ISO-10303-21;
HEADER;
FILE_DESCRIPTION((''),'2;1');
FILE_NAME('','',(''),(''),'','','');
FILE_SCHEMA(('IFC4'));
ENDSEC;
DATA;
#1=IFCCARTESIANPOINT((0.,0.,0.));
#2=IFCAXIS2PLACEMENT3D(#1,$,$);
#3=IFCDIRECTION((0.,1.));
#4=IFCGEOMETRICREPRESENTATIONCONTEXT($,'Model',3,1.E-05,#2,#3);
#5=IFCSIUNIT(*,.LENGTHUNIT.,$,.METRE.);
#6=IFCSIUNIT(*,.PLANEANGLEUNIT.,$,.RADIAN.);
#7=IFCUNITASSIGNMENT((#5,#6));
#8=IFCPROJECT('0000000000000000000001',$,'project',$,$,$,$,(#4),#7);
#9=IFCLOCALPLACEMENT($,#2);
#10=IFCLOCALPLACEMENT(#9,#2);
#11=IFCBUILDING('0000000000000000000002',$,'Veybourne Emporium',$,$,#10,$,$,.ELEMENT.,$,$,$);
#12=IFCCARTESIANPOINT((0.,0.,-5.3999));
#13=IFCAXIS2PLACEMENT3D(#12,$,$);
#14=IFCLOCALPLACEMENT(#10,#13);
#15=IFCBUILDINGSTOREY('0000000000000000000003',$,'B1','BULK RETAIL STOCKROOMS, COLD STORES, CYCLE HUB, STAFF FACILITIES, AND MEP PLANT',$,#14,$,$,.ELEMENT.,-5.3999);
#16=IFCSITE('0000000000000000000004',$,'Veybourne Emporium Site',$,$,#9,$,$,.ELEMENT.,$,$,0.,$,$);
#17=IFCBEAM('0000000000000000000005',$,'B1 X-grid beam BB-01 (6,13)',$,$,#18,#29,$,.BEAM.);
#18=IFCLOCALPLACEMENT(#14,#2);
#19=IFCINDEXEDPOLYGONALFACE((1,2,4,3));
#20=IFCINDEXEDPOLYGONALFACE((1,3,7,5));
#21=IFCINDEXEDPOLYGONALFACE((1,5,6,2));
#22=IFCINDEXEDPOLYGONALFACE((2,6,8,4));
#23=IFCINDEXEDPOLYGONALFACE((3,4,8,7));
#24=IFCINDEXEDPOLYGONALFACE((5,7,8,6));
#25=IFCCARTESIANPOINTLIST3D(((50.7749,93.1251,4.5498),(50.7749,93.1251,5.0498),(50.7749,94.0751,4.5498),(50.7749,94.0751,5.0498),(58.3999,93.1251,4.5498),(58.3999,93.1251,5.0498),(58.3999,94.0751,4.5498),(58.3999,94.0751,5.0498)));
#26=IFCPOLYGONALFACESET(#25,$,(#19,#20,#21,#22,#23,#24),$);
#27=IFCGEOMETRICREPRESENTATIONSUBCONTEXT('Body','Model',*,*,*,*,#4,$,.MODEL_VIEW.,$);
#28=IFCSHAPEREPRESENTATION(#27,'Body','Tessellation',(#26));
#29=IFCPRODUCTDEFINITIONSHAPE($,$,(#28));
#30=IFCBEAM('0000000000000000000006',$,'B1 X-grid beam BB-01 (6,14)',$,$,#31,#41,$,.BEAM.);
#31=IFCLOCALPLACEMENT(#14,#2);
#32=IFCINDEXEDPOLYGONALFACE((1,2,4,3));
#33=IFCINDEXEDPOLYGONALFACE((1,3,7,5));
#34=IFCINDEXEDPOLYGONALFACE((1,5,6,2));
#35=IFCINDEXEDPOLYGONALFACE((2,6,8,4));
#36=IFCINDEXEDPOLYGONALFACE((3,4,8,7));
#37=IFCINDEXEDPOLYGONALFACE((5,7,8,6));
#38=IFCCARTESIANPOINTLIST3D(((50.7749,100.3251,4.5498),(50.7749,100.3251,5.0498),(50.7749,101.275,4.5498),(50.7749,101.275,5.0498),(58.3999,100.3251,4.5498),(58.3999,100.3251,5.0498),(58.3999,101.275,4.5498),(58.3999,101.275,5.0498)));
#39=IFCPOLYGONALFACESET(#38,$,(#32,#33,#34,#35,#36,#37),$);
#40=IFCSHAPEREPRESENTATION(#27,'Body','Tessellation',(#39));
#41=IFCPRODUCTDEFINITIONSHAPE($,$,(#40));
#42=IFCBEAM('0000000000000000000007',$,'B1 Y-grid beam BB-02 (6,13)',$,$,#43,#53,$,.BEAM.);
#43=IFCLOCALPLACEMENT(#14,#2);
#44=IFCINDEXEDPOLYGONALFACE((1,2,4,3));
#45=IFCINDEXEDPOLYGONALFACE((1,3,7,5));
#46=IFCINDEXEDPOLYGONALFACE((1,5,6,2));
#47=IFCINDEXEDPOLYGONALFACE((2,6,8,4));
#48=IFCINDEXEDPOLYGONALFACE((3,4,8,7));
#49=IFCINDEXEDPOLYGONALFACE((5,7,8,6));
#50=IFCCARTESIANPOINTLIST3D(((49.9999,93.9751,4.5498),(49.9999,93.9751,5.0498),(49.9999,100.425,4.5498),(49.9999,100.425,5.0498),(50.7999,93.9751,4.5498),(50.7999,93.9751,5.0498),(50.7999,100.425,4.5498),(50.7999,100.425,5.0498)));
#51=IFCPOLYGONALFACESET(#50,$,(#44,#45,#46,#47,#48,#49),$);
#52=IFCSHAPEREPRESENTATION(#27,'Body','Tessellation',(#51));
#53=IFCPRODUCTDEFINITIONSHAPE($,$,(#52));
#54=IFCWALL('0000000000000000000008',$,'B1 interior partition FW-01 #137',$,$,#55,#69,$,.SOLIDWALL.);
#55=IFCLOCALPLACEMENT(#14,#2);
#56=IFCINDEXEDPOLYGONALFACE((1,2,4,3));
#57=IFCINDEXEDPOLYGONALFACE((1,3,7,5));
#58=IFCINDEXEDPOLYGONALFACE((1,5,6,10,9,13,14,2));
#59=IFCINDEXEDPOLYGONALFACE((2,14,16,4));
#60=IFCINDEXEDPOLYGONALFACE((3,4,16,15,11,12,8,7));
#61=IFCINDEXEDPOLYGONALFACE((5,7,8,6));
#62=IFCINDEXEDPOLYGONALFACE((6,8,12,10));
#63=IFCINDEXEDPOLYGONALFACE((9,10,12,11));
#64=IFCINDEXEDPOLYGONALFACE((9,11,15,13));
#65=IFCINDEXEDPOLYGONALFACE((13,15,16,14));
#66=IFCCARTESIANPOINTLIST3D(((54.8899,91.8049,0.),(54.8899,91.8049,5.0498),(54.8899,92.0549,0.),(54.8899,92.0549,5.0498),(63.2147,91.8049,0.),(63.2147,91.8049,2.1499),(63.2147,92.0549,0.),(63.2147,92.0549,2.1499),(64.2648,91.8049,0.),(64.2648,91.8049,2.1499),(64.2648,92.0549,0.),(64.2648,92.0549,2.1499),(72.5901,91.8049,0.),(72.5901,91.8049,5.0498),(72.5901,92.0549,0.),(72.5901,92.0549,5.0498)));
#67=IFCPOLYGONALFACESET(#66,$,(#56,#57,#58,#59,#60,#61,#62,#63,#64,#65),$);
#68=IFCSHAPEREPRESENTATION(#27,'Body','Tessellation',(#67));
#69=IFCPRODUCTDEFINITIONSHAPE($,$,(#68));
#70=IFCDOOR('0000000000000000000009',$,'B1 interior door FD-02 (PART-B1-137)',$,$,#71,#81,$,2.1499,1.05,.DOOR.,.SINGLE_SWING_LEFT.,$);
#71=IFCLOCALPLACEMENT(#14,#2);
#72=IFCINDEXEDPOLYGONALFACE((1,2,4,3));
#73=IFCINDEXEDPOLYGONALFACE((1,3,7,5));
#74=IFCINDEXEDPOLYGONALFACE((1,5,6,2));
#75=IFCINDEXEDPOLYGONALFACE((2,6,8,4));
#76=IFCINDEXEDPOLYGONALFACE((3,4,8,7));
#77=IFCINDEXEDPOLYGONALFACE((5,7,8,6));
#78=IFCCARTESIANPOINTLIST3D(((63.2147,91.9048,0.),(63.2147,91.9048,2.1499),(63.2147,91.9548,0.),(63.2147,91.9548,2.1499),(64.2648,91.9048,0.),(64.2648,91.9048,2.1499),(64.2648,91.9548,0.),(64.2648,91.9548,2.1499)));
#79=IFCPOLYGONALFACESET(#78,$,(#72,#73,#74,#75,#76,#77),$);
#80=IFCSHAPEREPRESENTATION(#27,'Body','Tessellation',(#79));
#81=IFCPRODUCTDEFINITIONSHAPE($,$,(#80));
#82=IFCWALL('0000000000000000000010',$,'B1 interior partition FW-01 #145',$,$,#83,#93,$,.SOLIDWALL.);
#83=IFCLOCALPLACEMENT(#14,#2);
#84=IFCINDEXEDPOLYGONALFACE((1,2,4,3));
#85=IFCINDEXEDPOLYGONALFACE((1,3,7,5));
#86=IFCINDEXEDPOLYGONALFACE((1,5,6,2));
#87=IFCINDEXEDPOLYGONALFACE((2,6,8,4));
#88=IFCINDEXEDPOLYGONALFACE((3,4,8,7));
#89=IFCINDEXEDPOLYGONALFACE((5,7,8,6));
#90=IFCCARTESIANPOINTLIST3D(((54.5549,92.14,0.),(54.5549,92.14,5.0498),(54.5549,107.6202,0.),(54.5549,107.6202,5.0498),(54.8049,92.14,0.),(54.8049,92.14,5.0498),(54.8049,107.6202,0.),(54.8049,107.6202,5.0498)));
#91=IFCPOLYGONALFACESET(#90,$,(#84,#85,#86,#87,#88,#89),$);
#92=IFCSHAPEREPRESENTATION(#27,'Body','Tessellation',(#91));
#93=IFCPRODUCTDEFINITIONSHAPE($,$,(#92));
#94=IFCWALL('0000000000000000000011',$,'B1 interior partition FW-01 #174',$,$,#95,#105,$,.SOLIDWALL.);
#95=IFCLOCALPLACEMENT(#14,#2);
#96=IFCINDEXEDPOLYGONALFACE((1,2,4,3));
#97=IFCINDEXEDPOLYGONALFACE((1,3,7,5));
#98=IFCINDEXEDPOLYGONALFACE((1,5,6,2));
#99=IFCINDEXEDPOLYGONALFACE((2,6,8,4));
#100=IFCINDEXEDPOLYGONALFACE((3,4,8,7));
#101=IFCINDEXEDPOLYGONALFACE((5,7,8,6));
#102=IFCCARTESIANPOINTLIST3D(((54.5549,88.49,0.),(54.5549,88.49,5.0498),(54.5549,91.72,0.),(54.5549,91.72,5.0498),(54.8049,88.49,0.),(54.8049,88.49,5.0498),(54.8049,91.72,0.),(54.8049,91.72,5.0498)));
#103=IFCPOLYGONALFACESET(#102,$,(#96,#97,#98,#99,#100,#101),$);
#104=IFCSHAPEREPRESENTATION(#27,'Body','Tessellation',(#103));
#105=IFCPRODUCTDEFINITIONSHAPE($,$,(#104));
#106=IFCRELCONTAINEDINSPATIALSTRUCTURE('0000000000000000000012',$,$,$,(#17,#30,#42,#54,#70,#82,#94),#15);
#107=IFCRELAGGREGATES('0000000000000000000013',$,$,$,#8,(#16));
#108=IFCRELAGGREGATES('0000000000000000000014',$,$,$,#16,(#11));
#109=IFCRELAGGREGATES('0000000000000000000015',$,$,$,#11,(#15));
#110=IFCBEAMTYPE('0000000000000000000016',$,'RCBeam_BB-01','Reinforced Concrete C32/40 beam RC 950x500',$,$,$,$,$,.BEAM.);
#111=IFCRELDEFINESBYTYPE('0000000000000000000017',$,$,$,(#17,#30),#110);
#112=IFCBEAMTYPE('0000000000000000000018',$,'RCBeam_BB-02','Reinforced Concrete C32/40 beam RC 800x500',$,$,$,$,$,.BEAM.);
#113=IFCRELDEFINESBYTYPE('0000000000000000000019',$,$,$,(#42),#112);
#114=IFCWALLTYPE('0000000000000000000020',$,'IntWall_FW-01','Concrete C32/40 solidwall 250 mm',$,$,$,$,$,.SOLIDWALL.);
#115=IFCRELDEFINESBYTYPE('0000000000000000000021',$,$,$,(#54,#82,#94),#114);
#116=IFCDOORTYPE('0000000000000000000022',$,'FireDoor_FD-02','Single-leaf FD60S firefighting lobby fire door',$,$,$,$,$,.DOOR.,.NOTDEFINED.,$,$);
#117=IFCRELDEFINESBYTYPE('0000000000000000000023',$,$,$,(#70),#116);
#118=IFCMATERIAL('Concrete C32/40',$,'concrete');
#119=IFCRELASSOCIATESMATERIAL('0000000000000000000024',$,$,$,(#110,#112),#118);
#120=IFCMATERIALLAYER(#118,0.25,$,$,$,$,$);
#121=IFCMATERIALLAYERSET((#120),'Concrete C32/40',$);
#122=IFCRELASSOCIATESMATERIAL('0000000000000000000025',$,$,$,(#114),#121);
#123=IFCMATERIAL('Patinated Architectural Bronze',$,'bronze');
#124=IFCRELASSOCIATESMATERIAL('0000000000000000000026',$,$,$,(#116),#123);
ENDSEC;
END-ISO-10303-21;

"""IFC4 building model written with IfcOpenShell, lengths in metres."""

from ifc_helpers import new_model, si_unit, direction, frame, frame_2d, origin, origin_2d, place, context, subcontext, project, spatial, rectangle, extrude, material, layer, layer_set, material_profile, profile_set, type_object, element, fill, save


model = new_model("IFC4")

# Units and contexts
model_context = context("Model", 3, precision=1e-05, world=origin(), true_north=direction((0.0, 1.0)))
body_context = subcontext(model_context, "Body", "Model", "MODEL_VIEW")
ifc_project = project(units=[si_unit("LENGTHUNIT", "METRE"), si_unit("PLANEANGLEUNIT", "RADIAN")], contexts=[model_context])

# Site, building, storey
site_placement = place(None, origin())
site = spatial("IfcSite", under=ifc_project, at=site_placement, Name="Veybourne Emporium Site", CompositionType="ELEMENT", RefElevation=0.0)
building_placement = place(site_placement, origin())
building = spatial("IfcBuilding", under=site, at=building_placement, Name="Veybourne Emporium", CompositionType="ELEMENT")
storey_placement = place(building_placement, frame((0.0, 0.0, -5.3999)))
storey = spatial("IfcBuildingStorey", under=building, at=storey_placement, Name="B1", Description="BULK RETAIL STOCKROOMS, COLD STORES, CYCLE HUB, STAFF FACILITIES, AND MEP PLANT", CompositionType="ELEMENT", Elevation=-5.3999)

# Beams
ifc_material_1 = material(Name="Concrete C32/40", Category="concrete")
ifc_material_profile_1 = material_profile(ifc_material_1, rectangle(XDim=0.95, YDim=0.5, at=origin_2d()), Name="RC 950x500")
ifc_profile_set_1 = profile_set([ifc_material_profile_1], Name="Concrete C32/40")
beam_type_1 = type_object("IfcBeamType", Name="RCBeam_BB-01", Description="Reinforced Concrete C32/40 beam RC 950x500", PredefinedType="BEAM", material=ifc_profile_set_1)
for number, where, z_axis, x_axis, name in (
    (1, (50.7749, 93.6001, 4.7998), (1.0, 0.0, 0.0), (0.0, 1.0, 0.0), "B1 X-grid beam BB-01 (6,13)"),
    (2, (50.7749, 100.8, 4.7998), (1.0, 0.0, 0.0), (0.0, 1.0, 0.0), "B1 X-grid beam BB-01 (6,14)"),
):
    element("IfcBeam", number, at=place(storey_placement, frame(where, z_axis=z_axis, x_axis=x_axis)), inside=storey, type_object=beam_type_1, Name=name, PredefinedType="BEAM", context=body_context, shape_type="SweptSolid", body=[
        extrude(rectangle(XDim=0.95, YDim=0.5, at=origin_2d()), origin(), (0.0, 0.0, 1.0), 7.625),
    ])
ifc_material_profile_2 = material_profile(ifc_material_1, rectangle(XDim=0.8, YDim=0.5, at=origin_2d()), Name="RC 800x500")
ifc_profile_set_2 = profile_set([ifc_material_profile_2], Name="Concrete C32/40")
beam_type_2 = type_object("IfcBeamType", Name="RCBeam_BB-02", Description="Reinforced Concrete C32/40 beam RC 800x500", PredefinedType="BEAM", material=ifc_profile_set_2)
beam_placement = place(storey_placement, frame((50.3999, 93.9751, 4.7998), z_axis=(0.0, 1.0, 0.0), x_axis=(-1.0, 0.0, 0.0)))
element("IfcBeam", 3, at=beam_placement, inside=storey, type_object=beam_type_2, Name="B1 Y-grid beam BB-02 (6,13)", PredefinedType="BEAM", context=body_context, shape_type="SweptSolid", body=[
    extrude(rectangle(XDim=0.8, YDim=0.5, at=origin_2d()), origin(), (0.0, 0.0, 1.0), 6.45),
])

# Wall, opening, door
ifc_layer = layer(ifc_material_1, 0.25)
ifc_layer_set = layer_set([ifc_layer], Name="Concrete C32/40")
wall_type = type_object("IfcWallType", Name="IntWall_FW-01", Description="Concrete C32/40 solidwall 250 mm", PredefinedType="SOLIDWALL", material=ifc_layer_set)
wall_1_placement = place(storey_placement, frame((54.8899, 91.9299, 0.0), z_axis=(0.0, 0.0, 1.0), x_axis=(1.0, 0.0, 0.0)))
wall_1 = element("IfcWall", 4, at=wall_1_placement, inside=storey, type_object=wall_type, Name="B1 interior partition FW-01 #137", PredefinedType="SOLIDWALL", context=body_context, shape_type="SweptSolid", body=[
    extrude(rectangle(XDim=17.7002, YDim=0.25, at=frame_2d((8.8501, 0.0))), origin(), (0.0, 0.0, 1.0), 5.0498),
])
opening_placement = place(wall_1_placement, frame((8.325, 0.0, 0.0)))
opening = element("IfcOpeningElement", 5, at=opening_placement, cuts=wall_1, PredefinedType="OPENING", context=body_context, shape_type="SweptSolid", body=[
    extrude(rectangle(XDim=1.05, YDim=2.1499, at=frame_2d((0.5249, 1.075))), frame((0.0, 0.145, 0.0), z_axis=(0.0, -1.0, 0.0), x_axis=(1.0, 0.0, 0.0)), (0.0, 0.0, 1.0), 0.29),
])
ifc_material_2 = material(Name="Patinated Architectural Bronze", Category="bronze")
door_type = type_object("IfcDoorType", Name="FireDoor_FD-02", Description="Single-leaf FD60S firefighting lobby fire door", OperationType="NOTDEFINED", PredefinedType="DOOR", material=ifc_material_2)
door_placement = place(opening_placement, origin())
door = element("IfcDoor", 6, at=door_placement, inside=storey, type_object=door_type, Name="B1 interior door FD-02 (PART-B1-137)", OperationType="SINGLE_SWING_LEFT", OverallHeight=2.1499, OverallWidth=1.05, PredefinedType="DOOR", context=body_context, shape_type="SweptSolid", body=[
    extrude(rectangle(XDim=1.05, YDim=2.1499, at=frame_2d((0.5249, 1.075))), frame((0.0, 0.0249, 0.0), z_axis=(0.0, -1.0, 0.0), x_axis=(1.0, 0.0, 0.0)), (0.0, 0.0, 1.0), 0.05),
])
fill(opening, door)

# Walls
wall_2_placement = place(storey_placement, frame((54.6799, 92.1399, 0.0), z_axis=(0.0, 0.0, 1.0), x_axis=(0.0, 1.0, 0.0)))
element("IfcWall", 7, at=wall_2_placement, inside=storey, type_object=wall_type, Name="B1 interior partition FW-01 #145", PredefinedType="SOLIDWALL", context=body_context, shape_type="SweptSolid", body=[
    extrude(rectangle(XDim=15.4802, YDim=0.25, at=frame_2d((7.7402, 0.0))), origin(), (0.0, 0.0, 1.0), 5.0498),
])
wall_3_placement = place(storey_placement, frame((54.6799, 88.49, 0.0), z_axis=(0.0, 0.0, 1.0), x_axis=(0.0, 1.0, 0.0)))
element("IfcWall", 8, at=wall_3_placement, inside=storey, type_object=wall_type, Name="B1 interior partition FW-01 #174", PredefinedType="SOLIDWALL", context=body_context, shape_type="SweptSolid", body=[
    extrude(rectangle(XDim=3.23, YDim=0.25, at=frame_2d((1.615, 0.0))), origin(), (0.0, 0.0, 1.0), 5.0498),
])

save(model, "model.ifc")
